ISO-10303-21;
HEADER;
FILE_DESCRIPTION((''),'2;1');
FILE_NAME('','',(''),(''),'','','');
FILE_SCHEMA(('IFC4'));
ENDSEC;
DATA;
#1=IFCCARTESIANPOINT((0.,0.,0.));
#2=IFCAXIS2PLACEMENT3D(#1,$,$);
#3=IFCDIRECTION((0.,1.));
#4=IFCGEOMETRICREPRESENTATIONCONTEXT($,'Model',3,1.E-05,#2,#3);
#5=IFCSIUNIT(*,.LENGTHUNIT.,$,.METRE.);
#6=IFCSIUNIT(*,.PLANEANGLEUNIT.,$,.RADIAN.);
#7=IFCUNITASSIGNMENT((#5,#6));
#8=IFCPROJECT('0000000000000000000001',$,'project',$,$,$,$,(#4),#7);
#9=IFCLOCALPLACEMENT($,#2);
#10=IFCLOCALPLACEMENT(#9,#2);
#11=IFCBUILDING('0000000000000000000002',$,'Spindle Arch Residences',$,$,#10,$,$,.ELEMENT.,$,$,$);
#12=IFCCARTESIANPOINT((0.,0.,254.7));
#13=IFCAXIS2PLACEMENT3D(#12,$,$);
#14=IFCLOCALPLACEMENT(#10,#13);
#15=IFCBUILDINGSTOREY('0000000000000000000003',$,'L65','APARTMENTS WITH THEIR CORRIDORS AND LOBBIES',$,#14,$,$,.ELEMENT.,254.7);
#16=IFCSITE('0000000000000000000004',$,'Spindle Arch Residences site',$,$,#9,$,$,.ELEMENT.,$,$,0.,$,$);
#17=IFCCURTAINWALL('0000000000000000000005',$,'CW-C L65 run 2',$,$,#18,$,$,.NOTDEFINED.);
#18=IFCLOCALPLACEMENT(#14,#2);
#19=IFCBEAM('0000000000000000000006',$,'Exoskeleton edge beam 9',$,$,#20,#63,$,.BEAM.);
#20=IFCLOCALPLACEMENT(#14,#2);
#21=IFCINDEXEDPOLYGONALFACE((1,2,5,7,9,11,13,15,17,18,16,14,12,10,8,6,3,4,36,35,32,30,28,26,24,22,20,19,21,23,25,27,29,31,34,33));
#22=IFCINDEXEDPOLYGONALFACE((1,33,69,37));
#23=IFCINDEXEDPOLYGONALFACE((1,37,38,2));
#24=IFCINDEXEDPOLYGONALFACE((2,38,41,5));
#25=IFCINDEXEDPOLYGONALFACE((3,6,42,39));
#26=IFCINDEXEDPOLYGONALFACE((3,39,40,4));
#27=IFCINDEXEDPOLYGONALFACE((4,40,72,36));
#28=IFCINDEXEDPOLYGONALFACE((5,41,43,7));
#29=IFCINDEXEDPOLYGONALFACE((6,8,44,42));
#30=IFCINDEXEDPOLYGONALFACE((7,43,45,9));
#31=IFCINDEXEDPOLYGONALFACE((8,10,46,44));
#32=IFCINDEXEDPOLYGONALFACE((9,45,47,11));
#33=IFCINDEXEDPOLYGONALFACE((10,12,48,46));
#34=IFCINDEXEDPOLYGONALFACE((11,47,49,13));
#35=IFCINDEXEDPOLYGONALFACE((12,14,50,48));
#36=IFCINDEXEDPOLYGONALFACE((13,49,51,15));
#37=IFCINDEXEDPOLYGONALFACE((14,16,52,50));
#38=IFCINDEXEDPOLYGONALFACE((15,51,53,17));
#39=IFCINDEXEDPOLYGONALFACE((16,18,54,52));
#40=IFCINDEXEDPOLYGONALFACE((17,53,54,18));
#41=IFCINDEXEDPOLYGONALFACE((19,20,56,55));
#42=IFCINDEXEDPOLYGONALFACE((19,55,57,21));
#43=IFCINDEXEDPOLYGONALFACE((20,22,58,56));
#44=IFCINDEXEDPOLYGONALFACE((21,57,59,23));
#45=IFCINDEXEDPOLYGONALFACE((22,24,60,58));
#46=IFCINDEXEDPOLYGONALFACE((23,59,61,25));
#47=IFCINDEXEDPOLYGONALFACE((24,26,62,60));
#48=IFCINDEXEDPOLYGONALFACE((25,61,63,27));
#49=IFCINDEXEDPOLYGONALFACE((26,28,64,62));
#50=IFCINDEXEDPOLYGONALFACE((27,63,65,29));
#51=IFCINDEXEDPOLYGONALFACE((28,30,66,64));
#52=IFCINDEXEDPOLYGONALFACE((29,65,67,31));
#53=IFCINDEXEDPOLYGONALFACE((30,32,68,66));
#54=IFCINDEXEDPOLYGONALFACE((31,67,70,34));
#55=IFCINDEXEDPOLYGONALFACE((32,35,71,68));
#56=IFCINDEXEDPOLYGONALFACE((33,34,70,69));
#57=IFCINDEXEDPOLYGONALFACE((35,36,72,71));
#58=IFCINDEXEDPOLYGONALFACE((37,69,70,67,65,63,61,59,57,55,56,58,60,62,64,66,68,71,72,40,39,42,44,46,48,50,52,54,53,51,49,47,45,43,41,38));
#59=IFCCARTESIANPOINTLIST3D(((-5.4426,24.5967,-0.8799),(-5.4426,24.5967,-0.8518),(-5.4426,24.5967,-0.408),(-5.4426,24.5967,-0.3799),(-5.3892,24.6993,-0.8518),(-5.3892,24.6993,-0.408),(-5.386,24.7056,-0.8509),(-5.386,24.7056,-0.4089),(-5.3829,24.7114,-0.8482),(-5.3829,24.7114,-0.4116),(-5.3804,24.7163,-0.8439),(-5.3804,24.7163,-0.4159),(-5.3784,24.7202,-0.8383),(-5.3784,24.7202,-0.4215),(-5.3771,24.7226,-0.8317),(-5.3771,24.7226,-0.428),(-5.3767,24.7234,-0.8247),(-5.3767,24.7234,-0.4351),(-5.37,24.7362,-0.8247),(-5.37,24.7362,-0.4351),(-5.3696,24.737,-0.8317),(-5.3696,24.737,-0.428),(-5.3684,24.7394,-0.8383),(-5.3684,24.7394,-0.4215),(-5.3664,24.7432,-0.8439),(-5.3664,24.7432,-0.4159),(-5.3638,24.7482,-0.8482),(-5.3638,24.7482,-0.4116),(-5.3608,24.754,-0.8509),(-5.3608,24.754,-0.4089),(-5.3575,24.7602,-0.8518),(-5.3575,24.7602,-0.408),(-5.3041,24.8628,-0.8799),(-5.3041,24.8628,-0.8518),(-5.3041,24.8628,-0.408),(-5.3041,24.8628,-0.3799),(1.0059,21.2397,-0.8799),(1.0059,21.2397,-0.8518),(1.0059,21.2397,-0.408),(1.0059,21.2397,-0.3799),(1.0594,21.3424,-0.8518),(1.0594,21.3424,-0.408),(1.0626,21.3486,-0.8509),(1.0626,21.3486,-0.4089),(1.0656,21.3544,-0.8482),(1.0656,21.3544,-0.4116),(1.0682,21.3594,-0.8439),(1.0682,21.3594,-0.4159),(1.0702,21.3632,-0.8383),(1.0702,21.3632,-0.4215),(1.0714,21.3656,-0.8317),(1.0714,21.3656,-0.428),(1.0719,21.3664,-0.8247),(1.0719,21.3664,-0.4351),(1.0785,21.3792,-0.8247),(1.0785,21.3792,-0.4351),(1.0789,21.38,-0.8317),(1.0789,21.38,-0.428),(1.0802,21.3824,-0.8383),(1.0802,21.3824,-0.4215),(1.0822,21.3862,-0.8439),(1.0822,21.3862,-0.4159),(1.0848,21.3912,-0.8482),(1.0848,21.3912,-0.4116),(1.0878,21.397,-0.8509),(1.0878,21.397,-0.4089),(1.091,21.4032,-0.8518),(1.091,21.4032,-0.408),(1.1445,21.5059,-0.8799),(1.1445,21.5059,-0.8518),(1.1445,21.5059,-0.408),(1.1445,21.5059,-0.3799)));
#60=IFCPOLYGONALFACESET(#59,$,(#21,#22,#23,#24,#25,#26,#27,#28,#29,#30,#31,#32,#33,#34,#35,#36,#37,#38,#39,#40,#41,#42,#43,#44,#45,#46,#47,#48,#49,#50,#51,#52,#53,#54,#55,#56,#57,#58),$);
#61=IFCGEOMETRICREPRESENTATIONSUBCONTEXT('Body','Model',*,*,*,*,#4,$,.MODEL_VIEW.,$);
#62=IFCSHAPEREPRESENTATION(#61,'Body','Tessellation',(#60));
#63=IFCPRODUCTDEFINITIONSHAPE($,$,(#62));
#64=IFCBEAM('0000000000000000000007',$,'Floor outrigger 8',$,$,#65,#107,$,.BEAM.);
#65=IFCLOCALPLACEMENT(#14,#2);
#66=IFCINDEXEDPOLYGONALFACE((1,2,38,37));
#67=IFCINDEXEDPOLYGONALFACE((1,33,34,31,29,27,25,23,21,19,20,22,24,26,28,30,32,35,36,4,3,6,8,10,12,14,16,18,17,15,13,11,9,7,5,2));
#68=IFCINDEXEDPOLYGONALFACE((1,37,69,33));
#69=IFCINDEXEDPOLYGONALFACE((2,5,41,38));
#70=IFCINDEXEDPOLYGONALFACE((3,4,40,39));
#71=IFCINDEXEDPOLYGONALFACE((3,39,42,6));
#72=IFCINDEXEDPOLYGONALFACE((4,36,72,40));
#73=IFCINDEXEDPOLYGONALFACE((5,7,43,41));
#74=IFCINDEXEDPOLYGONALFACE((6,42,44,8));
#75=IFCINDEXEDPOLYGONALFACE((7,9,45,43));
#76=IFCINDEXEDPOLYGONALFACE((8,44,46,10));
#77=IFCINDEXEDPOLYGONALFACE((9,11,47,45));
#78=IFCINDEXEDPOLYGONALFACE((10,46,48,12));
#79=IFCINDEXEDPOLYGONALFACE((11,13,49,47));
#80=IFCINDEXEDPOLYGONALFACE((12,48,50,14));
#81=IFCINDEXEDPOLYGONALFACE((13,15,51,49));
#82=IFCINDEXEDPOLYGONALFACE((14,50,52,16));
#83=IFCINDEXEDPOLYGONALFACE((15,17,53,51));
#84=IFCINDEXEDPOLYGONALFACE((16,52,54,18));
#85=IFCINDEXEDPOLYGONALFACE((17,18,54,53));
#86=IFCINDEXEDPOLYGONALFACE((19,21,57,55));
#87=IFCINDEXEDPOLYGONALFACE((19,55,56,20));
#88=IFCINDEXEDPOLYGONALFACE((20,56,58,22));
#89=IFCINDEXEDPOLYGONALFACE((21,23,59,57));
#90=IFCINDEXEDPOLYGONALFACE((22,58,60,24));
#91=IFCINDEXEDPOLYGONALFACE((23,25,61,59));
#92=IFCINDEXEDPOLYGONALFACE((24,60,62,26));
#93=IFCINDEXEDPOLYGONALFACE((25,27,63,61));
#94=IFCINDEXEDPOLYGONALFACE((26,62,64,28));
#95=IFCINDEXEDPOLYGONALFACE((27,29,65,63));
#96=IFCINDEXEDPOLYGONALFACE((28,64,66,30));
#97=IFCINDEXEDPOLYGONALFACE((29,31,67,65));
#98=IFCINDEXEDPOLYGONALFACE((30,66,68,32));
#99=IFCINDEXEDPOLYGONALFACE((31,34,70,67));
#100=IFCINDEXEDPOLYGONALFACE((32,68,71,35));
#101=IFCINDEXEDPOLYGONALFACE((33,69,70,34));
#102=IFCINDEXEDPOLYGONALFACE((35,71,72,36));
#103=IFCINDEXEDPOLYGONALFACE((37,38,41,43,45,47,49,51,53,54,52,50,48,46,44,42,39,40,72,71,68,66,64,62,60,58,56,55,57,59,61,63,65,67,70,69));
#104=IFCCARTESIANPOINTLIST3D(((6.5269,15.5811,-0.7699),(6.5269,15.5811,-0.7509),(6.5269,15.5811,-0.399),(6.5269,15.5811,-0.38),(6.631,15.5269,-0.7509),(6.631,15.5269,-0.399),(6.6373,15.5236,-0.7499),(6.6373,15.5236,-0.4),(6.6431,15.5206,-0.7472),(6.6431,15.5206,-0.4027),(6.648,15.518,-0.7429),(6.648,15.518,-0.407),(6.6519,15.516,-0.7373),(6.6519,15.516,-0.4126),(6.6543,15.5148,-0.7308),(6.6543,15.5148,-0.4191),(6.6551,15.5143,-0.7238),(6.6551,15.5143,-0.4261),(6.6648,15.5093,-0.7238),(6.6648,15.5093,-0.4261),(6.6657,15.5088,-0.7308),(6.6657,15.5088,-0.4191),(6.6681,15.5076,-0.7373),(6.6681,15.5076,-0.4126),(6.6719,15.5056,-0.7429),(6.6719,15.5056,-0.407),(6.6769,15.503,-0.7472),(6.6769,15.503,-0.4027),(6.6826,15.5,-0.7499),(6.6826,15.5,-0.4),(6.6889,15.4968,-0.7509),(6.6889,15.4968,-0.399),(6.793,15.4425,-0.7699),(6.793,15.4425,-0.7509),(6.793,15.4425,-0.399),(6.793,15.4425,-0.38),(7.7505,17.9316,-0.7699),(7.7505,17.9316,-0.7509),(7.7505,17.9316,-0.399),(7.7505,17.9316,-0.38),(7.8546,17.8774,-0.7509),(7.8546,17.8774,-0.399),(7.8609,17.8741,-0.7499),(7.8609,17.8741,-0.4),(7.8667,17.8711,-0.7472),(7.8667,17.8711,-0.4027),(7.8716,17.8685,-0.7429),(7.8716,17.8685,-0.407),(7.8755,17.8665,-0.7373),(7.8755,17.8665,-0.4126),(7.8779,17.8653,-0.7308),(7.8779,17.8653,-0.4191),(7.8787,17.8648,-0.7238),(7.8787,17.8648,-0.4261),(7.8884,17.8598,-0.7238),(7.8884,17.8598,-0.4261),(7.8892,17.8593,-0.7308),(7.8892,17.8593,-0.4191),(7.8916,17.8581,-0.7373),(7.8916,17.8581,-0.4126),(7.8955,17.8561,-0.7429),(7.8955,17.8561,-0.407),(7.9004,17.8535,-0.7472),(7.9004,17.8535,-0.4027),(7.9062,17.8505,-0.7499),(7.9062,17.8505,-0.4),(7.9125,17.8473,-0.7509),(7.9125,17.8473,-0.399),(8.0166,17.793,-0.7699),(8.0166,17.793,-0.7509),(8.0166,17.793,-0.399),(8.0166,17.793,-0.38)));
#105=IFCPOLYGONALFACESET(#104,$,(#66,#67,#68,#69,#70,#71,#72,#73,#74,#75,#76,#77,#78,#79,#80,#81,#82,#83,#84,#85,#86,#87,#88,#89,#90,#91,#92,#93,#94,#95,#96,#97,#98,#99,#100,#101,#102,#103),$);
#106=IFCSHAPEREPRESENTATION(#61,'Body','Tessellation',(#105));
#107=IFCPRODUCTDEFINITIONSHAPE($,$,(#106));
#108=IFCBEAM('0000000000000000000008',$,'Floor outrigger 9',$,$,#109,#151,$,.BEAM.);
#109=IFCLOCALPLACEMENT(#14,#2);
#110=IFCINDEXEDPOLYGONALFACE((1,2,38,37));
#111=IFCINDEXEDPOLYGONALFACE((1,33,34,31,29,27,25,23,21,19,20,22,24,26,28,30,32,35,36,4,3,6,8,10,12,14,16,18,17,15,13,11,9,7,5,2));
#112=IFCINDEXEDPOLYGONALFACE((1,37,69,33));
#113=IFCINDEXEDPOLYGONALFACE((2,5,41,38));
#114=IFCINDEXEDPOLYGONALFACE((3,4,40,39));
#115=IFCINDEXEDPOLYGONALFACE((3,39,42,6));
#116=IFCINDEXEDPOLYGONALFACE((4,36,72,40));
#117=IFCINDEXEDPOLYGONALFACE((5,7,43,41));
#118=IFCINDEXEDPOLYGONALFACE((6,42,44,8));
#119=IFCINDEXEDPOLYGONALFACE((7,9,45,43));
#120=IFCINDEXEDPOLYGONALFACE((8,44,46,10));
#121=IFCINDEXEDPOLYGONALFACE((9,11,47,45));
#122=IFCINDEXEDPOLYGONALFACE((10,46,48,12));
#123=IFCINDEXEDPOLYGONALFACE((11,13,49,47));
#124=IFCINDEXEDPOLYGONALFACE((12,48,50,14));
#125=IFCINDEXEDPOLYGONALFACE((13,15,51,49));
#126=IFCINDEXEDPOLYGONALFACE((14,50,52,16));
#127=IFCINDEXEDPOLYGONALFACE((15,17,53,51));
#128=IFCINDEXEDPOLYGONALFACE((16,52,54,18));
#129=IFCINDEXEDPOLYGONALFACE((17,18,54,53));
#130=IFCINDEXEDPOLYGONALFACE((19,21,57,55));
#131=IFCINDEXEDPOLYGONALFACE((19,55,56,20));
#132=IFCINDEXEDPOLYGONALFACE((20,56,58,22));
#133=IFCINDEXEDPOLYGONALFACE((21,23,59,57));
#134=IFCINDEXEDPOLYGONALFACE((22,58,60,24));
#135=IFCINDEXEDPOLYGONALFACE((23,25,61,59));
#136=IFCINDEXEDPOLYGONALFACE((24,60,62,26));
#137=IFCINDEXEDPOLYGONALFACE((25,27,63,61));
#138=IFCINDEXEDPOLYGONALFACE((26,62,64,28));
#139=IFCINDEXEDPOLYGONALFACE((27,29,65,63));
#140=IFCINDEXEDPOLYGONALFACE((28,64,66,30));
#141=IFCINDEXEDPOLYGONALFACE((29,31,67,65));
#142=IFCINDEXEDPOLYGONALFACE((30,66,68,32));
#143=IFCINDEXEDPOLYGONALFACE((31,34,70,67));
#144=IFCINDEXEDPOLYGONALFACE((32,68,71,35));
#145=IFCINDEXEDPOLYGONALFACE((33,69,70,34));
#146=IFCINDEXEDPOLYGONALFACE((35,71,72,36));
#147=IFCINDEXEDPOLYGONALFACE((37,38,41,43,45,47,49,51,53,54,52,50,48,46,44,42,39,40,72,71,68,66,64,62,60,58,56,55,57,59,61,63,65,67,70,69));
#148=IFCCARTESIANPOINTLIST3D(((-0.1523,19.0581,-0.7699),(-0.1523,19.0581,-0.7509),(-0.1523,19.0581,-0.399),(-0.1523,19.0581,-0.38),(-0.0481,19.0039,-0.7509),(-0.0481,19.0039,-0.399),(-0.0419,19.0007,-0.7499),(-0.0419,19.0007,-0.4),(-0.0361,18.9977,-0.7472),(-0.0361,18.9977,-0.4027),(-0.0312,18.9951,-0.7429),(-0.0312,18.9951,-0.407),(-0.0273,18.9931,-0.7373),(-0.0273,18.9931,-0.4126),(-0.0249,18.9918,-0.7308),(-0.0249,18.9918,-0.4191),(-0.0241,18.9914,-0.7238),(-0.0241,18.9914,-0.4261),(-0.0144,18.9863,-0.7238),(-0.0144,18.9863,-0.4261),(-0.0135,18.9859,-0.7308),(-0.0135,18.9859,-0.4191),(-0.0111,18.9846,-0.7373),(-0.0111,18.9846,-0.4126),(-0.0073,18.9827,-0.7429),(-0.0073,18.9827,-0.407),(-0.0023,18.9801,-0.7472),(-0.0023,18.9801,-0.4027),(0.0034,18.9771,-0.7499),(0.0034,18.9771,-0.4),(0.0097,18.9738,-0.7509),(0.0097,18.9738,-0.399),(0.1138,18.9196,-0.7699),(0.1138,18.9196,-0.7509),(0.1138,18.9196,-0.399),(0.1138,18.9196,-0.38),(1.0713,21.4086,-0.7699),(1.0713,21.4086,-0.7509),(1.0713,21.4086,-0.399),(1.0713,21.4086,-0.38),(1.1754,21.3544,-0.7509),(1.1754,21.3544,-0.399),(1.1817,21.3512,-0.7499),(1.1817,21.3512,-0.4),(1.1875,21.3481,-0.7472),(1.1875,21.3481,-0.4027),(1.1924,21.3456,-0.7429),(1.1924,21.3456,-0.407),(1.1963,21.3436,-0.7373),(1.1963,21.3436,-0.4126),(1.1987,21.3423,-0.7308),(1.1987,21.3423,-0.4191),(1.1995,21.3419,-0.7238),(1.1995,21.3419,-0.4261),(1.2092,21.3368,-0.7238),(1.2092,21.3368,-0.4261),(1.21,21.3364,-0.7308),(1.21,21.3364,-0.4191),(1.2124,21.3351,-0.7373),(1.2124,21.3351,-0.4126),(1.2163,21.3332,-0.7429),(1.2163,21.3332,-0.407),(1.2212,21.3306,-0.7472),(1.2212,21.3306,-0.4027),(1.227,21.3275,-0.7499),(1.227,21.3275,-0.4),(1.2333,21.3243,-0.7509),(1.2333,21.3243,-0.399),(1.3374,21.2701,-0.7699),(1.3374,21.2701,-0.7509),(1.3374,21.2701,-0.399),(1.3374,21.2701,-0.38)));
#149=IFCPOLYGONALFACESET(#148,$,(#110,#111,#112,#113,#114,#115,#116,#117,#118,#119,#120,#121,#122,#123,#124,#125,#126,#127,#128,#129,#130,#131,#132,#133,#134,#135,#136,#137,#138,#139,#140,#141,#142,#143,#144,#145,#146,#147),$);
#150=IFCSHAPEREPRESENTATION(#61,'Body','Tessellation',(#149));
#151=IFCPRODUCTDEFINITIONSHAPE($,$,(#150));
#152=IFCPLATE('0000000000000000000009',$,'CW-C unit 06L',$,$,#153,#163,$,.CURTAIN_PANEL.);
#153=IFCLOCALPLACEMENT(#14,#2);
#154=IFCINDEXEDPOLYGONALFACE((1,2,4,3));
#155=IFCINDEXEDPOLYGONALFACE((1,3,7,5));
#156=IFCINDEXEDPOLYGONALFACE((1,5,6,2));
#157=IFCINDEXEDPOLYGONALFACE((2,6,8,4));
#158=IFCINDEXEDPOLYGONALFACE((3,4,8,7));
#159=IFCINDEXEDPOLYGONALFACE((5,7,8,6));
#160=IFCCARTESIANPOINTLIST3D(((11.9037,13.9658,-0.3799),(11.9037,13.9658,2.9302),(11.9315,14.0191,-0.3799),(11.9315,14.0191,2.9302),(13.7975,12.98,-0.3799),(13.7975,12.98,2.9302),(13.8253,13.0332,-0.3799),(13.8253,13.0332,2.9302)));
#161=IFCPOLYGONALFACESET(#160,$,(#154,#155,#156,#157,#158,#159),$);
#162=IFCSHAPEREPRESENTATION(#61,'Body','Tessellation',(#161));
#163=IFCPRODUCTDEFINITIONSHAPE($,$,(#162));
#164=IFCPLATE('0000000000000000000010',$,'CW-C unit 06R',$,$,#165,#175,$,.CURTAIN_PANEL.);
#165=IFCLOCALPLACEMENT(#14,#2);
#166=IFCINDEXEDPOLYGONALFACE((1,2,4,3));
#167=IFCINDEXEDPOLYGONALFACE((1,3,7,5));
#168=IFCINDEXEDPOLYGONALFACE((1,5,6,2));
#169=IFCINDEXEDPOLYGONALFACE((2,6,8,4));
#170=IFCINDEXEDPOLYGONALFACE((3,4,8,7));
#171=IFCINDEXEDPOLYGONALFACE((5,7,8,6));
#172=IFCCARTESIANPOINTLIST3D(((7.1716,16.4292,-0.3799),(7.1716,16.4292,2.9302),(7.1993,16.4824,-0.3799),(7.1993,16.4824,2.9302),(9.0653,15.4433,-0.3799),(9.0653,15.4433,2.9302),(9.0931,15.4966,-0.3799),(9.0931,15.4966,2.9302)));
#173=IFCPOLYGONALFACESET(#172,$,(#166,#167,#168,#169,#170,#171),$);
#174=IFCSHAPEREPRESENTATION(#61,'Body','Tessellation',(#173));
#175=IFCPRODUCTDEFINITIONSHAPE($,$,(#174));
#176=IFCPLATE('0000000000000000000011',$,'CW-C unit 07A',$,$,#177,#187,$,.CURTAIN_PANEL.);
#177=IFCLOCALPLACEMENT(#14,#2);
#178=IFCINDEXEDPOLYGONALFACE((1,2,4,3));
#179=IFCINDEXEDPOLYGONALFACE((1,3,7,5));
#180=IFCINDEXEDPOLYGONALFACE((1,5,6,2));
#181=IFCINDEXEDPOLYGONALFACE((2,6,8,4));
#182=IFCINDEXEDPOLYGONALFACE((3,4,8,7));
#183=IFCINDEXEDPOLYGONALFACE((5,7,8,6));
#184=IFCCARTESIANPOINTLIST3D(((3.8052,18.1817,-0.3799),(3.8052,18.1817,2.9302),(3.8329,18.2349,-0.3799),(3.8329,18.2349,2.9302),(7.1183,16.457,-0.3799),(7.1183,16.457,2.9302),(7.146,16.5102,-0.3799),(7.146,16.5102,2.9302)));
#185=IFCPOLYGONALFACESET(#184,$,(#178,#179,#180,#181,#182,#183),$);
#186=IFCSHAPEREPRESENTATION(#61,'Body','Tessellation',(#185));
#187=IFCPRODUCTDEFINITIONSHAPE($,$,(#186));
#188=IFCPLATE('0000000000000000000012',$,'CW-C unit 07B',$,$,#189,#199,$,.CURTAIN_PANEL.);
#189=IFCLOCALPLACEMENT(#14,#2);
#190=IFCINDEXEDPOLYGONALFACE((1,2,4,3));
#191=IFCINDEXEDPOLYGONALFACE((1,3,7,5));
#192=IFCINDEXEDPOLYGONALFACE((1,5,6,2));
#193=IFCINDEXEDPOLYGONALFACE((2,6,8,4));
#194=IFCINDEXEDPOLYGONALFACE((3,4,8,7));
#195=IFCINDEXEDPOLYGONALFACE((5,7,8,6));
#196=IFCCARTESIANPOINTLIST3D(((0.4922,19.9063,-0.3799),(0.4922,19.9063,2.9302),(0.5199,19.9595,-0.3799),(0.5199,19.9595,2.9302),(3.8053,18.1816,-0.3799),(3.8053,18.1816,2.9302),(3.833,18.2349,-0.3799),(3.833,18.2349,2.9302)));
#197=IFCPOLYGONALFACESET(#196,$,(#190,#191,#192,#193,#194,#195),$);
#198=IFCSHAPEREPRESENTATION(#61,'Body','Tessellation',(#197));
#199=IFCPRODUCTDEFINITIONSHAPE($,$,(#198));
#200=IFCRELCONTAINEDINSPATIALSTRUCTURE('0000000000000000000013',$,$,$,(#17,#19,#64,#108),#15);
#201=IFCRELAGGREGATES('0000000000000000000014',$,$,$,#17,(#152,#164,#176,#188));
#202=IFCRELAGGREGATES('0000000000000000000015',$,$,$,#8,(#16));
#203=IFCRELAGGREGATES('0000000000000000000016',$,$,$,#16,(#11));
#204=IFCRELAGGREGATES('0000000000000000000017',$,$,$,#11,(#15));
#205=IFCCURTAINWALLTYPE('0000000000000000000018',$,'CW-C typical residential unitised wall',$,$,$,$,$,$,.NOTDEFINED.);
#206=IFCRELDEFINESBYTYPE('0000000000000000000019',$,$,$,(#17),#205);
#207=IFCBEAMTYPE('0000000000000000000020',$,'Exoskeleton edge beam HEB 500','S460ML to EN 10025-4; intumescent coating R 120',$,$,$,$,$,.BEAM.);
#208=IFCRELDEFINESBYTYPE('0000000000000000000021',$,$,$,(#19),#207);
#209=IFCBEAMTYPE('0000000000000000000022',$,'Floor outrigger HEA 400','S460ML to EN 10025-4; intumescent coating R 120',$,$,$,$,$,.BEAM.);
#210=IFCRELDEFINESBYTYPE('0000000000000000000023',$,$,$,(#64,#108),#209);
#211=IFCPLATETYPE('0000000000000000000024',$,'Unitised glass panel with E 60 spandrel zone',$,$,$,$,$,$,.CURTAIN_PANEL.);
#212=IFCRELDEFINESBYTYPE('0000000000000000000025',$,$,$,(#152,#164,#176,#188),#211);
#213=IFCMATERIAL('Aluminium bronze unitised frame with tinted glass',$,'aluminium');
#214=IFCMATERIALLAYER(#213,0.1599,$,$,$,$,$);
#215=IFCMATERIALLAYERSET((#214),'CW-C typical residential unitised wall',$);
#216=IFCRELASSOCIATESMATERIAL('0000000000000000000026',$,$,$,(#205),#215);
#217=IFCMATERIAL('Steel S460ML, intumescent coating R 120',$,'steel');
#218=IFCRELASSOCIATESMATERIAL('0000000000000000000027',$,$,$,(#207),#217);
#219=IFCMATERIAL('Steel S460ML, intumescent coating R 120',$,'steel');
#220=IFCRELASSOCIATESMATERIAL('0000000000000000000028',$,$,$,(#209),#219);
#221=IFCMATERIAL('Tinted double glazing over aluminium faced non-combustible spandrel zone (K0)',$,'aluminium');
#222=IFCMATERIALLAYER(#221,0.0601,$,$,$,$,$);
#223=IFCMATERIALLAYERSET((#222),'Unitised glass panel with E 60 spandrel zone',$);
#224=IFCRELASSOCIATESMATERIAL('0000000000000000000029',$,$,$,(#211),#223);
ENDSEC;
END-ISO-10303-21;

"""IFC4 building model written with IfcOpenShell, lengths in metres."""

from ifc_helpers import new_model, si_unit, direction, frame, origin, origin_2d, place, context, subcontext, project, spatial, rectangle, i_section, extrude, material, layer, layer_set, material_profile, profile_set, type_object, element, aggregate, save


model = new_model("IFC4")

# Units and contexts
model_context = context("Model", 3, precision=1e-05, world=origin(), true_north=direction((0.0, 1.0)))
body_context = subcontext(model_context, "Body", "Model", "MODEL_VIEW")
ifc_project = project(units=[si_unit("LENGTHUNIT", "METRE"), si_unit("PLANEANGLEUNIT", "RADIAN")], contexts=[model_context])

# Site, building, storey
site_placement = place(None, origin())
site = spatial("IfcSite", under=ifc_project, at=site_placement, Name="Spindle Arch Residences site", CompositionType="ELEMENT", RefElevation=0.0)
building_placement = place(site_placement, origin())
building = spatial("IfcBuilding", under=site, at=building_placement, Name="Spindle Arch Residences", CompositionType="ELEMENT")
storey_placement = place(building_placement, frame((0.0, 0.0, 254.7)))
storey = spatial("IfcBuildingStorey", under=building, at=storey_placement, Name="L65", Description="APARTMENTS WITH THEIR CORRIDORS AND LOBBIES", CompositionType="ELEMENT", Elevation=254.7)

# Curtain wall
ifc_material_1 = material(Name="Aluminium bronze unitised frame with tinted glass", Category="aluminium")
ifc_layer_1 = layer(ifc_material_1, 0.1599)
ifc_layer_set_1 = layer_set([ifc_layer_1], Name="CW-C typical residential unitised wall")
curtain_wall_type = type_object("IfcCurtainWallType", Name="CW-C typical residential unitised wall", PredefinedType="NOTDEFINED", material=ifc_layer_set_1)
curtain_wall_placement = place(storey_placement, origin())
curtain_wall = element("IfcCurtainWall", 1, at=curtain_wall_placement, inside=storey, type_object=curtain_wall_type, Name="CW-C L65 run 2", PredefinedType="NOTDEFINED")

# Beams
ifc_material_2 = material(Name="Steel S460ML, intumescent coating R 120", Category="steel")
ifc_material_profile_1 = material_profile(ifc_material_2, i_section(OverallWidth=0.3, OverallDepth=0.5, WebThickness=0.0144, FlangeThickness=0.0281, FilletRadius=0.0271, at=origin_2d()), Name="HEB 500")
ifc_profile_set_1 = profile_set([ifc_material_profile_1], Name="Steel S460ML, intumescent coating R 120")
beam_type_1 = type_object("IfcBeamType", Name="Exoskeleton edge beam HEB 500", Description="S460ML to EN 10025-4; intumescent coating R 120", PredefinedType="BEAM", material=ifc_profile_set_1)
for number, where, z_axis, x_axis, name in (
    (2, (1.0752, 21.3728, -0.6299), (-0.887007, 0.461756, 0.0), (-0.461756, -0.887007, 0.0), "Exoskeleton edge beam 9"),
):
    element("IfcBeam", number, at=place(storey_placement, frame(where, z_axis=z_axis, x_axis=x_axis)), inside=storey, type_object=beam_type_1, Name=name, PredefinedType="BEAM", context=body_context, shape_type="SweptSolid", body=[
        extrude(i_section(OverallWidth=0.3, OverallDepth=0.5, WebThickness=0.0144, FlangeThickness=0.0281, FilletRadius=0.0271, at=origin_2d()), origin(), (0.0, 0.0, 1.0), 7.27),
    ])
ifc_material_3 = material(Name="Steel S460ML, intumescent coating R 120", Category="steel")
ifc_material_profile_2 = material_profile(ifc_material_3, i_section(OverallWidth=0.3, OverallDepth=0.3899, WebThickness=0.011, FlangeThickness=0.019, FilletRadius=0.0271, at=origin_2d()), Name="HEA 400")
ifc_profile_set_2 = profile_set([ifc_material_profile_2], Name="Steel S460ML, intumescent coating R 120")
beam_type_2 = type_object("IfcBeamType", Name="Floor outrigger HEA 400", Description="S460ML to EN 10025-4; intumescent coating R 120", PredefinedType="BEAM", material=ifc_profile_set_2)
for number, where, z_axis, x_axis, name in (
    (3, (7.8835, 17.8623, -0.575), (-0.461747, -0.887012, 0.0), (0.887012, -0.461747, 0.0), "Floor outrigger 8"),
    (4, (1.2043, 21.3394, -0.575), (-0.461747, -0.887012, 0.0), (0.887012, -0.461747, 0.0), "Floor outrigger 9"),
):
    element("IfcBeam", number, at=place(storey_placement, frame(where, z_axis=z_axis, x_axis=x_axis)), inside=storey, type_object=beam_type_2, Name=name, PredefinedType="BEAM", context=body_context, shape_type="SweptSolid", body=[
        extrude(i_section(OverallWidth=0.3, OverallDepth=0.3899, WebThickness=0.011, FlangeThickness=0.019, FilletRadius=0.0271, at=origin_2d()), origin(), (0.0, 0.0, 1.0), 2.6499),
    ])

# Plates
ifc_material_4 = material(Name="Tinted double glazing over aluminium faced non-combustible spandrel zone (K0)", Category="aluminium")
ifc_layer_2 = layer(ifc_material_4, 0.0601)
ifc_layer_set_2 = layer_set([ifc_layer_2], Name="Unitised glass panel with E 60 spandrel zone")
plate_type = type_object("IfcPlateType", Name="Unitised glass panel with E 60 spandrel zone", PredefinedType="CURTAIN_PANEL", material=ifc_layer_set_2)
plate_1_placement = place(storey_placement, frame((12.8645, 13.4995, -0.3799), z_axis=(0.0, 0.0, 1.0), x_axis=(-0.887011, 0.461749, 0.0)))
plate_1 = element("IfcPlate", 5, at=plate_1_placement, type_object=plate_type, Name="CW-C unit 06L", PredefinedType="CURTAIN_PANEL", context=body_context, shape_type="SweptSolid", body=[
    extrude(rectangle(XDim=2.135, YDim=0.0601, at=origin_2d()), origin(), (0.0, 0.0, 1.0), 3.3101),
])
plate_2_placement = place(storey_placement, frame((8.1323, 15.9629, -0.3799), z_axis=(0.0, 0.0, 1.0), x_axis=(-0.887011, 0.461749, 0.0)))
plate_2 = element("IfcPlate", 6, at=plate_2_placement, type_object=plate_type, Name="CW-C unit 06R", PredefinedType="CURTAIN_PANEL", context=body_context, shape_type="SweptSolid", body=[
    extrude(rectangle(XDim=2.135, YDim=0.0601, at=origin_2d()), origin(), (0.0, 0.0, 1.0), 3.3101),
])
plate_3_placement = place(storey_placement, frame((5.4756, 17.3459, -0.3799), z_axis=(0.0, 0.0, 1.0), x_axis=(-0.887011, 0.461749, 0.0)))
plate_3 = element("IfcPlate", 7, at=plate_3_placement, type_object=plate_type, Name="CW-C unit 07A", PredefinedType="CURTAIN_PANEL", context=body_context, shape_type="SweptSolid", body=[
    extrude(rectangle(XDim=3.7351, YDim=0.0601, at=origin_2d()), origin(), (0.0, 0.0, 1.0), 3.3101),
])
plate_4_placement = place(storey_placement, frame((2.1626, 19.0706, -0.3799), z_axis=(0.0, 0.0, 1.0), x_axis=(-0.887011, 0.461749, 0.0)))
plate_4 = element("IfcPlate", 8, at=plate_4_placement, type_object=plate_type, Name="CW-C unit 07B", PredefinedType="CURTAIN_PANEL", context=body_context, shape_type="SweptSolid", body=[
    extrude(rectangle(XDim=3.7351, YDim=0.0601, at=origin_2d()), origin(), (0.0, 0.0, 1.0), 3.3101),
])
aggregate(curtain_wall, [plate_1, plate_2, plate_3, plate_4])

save(model, "model.ifc")
